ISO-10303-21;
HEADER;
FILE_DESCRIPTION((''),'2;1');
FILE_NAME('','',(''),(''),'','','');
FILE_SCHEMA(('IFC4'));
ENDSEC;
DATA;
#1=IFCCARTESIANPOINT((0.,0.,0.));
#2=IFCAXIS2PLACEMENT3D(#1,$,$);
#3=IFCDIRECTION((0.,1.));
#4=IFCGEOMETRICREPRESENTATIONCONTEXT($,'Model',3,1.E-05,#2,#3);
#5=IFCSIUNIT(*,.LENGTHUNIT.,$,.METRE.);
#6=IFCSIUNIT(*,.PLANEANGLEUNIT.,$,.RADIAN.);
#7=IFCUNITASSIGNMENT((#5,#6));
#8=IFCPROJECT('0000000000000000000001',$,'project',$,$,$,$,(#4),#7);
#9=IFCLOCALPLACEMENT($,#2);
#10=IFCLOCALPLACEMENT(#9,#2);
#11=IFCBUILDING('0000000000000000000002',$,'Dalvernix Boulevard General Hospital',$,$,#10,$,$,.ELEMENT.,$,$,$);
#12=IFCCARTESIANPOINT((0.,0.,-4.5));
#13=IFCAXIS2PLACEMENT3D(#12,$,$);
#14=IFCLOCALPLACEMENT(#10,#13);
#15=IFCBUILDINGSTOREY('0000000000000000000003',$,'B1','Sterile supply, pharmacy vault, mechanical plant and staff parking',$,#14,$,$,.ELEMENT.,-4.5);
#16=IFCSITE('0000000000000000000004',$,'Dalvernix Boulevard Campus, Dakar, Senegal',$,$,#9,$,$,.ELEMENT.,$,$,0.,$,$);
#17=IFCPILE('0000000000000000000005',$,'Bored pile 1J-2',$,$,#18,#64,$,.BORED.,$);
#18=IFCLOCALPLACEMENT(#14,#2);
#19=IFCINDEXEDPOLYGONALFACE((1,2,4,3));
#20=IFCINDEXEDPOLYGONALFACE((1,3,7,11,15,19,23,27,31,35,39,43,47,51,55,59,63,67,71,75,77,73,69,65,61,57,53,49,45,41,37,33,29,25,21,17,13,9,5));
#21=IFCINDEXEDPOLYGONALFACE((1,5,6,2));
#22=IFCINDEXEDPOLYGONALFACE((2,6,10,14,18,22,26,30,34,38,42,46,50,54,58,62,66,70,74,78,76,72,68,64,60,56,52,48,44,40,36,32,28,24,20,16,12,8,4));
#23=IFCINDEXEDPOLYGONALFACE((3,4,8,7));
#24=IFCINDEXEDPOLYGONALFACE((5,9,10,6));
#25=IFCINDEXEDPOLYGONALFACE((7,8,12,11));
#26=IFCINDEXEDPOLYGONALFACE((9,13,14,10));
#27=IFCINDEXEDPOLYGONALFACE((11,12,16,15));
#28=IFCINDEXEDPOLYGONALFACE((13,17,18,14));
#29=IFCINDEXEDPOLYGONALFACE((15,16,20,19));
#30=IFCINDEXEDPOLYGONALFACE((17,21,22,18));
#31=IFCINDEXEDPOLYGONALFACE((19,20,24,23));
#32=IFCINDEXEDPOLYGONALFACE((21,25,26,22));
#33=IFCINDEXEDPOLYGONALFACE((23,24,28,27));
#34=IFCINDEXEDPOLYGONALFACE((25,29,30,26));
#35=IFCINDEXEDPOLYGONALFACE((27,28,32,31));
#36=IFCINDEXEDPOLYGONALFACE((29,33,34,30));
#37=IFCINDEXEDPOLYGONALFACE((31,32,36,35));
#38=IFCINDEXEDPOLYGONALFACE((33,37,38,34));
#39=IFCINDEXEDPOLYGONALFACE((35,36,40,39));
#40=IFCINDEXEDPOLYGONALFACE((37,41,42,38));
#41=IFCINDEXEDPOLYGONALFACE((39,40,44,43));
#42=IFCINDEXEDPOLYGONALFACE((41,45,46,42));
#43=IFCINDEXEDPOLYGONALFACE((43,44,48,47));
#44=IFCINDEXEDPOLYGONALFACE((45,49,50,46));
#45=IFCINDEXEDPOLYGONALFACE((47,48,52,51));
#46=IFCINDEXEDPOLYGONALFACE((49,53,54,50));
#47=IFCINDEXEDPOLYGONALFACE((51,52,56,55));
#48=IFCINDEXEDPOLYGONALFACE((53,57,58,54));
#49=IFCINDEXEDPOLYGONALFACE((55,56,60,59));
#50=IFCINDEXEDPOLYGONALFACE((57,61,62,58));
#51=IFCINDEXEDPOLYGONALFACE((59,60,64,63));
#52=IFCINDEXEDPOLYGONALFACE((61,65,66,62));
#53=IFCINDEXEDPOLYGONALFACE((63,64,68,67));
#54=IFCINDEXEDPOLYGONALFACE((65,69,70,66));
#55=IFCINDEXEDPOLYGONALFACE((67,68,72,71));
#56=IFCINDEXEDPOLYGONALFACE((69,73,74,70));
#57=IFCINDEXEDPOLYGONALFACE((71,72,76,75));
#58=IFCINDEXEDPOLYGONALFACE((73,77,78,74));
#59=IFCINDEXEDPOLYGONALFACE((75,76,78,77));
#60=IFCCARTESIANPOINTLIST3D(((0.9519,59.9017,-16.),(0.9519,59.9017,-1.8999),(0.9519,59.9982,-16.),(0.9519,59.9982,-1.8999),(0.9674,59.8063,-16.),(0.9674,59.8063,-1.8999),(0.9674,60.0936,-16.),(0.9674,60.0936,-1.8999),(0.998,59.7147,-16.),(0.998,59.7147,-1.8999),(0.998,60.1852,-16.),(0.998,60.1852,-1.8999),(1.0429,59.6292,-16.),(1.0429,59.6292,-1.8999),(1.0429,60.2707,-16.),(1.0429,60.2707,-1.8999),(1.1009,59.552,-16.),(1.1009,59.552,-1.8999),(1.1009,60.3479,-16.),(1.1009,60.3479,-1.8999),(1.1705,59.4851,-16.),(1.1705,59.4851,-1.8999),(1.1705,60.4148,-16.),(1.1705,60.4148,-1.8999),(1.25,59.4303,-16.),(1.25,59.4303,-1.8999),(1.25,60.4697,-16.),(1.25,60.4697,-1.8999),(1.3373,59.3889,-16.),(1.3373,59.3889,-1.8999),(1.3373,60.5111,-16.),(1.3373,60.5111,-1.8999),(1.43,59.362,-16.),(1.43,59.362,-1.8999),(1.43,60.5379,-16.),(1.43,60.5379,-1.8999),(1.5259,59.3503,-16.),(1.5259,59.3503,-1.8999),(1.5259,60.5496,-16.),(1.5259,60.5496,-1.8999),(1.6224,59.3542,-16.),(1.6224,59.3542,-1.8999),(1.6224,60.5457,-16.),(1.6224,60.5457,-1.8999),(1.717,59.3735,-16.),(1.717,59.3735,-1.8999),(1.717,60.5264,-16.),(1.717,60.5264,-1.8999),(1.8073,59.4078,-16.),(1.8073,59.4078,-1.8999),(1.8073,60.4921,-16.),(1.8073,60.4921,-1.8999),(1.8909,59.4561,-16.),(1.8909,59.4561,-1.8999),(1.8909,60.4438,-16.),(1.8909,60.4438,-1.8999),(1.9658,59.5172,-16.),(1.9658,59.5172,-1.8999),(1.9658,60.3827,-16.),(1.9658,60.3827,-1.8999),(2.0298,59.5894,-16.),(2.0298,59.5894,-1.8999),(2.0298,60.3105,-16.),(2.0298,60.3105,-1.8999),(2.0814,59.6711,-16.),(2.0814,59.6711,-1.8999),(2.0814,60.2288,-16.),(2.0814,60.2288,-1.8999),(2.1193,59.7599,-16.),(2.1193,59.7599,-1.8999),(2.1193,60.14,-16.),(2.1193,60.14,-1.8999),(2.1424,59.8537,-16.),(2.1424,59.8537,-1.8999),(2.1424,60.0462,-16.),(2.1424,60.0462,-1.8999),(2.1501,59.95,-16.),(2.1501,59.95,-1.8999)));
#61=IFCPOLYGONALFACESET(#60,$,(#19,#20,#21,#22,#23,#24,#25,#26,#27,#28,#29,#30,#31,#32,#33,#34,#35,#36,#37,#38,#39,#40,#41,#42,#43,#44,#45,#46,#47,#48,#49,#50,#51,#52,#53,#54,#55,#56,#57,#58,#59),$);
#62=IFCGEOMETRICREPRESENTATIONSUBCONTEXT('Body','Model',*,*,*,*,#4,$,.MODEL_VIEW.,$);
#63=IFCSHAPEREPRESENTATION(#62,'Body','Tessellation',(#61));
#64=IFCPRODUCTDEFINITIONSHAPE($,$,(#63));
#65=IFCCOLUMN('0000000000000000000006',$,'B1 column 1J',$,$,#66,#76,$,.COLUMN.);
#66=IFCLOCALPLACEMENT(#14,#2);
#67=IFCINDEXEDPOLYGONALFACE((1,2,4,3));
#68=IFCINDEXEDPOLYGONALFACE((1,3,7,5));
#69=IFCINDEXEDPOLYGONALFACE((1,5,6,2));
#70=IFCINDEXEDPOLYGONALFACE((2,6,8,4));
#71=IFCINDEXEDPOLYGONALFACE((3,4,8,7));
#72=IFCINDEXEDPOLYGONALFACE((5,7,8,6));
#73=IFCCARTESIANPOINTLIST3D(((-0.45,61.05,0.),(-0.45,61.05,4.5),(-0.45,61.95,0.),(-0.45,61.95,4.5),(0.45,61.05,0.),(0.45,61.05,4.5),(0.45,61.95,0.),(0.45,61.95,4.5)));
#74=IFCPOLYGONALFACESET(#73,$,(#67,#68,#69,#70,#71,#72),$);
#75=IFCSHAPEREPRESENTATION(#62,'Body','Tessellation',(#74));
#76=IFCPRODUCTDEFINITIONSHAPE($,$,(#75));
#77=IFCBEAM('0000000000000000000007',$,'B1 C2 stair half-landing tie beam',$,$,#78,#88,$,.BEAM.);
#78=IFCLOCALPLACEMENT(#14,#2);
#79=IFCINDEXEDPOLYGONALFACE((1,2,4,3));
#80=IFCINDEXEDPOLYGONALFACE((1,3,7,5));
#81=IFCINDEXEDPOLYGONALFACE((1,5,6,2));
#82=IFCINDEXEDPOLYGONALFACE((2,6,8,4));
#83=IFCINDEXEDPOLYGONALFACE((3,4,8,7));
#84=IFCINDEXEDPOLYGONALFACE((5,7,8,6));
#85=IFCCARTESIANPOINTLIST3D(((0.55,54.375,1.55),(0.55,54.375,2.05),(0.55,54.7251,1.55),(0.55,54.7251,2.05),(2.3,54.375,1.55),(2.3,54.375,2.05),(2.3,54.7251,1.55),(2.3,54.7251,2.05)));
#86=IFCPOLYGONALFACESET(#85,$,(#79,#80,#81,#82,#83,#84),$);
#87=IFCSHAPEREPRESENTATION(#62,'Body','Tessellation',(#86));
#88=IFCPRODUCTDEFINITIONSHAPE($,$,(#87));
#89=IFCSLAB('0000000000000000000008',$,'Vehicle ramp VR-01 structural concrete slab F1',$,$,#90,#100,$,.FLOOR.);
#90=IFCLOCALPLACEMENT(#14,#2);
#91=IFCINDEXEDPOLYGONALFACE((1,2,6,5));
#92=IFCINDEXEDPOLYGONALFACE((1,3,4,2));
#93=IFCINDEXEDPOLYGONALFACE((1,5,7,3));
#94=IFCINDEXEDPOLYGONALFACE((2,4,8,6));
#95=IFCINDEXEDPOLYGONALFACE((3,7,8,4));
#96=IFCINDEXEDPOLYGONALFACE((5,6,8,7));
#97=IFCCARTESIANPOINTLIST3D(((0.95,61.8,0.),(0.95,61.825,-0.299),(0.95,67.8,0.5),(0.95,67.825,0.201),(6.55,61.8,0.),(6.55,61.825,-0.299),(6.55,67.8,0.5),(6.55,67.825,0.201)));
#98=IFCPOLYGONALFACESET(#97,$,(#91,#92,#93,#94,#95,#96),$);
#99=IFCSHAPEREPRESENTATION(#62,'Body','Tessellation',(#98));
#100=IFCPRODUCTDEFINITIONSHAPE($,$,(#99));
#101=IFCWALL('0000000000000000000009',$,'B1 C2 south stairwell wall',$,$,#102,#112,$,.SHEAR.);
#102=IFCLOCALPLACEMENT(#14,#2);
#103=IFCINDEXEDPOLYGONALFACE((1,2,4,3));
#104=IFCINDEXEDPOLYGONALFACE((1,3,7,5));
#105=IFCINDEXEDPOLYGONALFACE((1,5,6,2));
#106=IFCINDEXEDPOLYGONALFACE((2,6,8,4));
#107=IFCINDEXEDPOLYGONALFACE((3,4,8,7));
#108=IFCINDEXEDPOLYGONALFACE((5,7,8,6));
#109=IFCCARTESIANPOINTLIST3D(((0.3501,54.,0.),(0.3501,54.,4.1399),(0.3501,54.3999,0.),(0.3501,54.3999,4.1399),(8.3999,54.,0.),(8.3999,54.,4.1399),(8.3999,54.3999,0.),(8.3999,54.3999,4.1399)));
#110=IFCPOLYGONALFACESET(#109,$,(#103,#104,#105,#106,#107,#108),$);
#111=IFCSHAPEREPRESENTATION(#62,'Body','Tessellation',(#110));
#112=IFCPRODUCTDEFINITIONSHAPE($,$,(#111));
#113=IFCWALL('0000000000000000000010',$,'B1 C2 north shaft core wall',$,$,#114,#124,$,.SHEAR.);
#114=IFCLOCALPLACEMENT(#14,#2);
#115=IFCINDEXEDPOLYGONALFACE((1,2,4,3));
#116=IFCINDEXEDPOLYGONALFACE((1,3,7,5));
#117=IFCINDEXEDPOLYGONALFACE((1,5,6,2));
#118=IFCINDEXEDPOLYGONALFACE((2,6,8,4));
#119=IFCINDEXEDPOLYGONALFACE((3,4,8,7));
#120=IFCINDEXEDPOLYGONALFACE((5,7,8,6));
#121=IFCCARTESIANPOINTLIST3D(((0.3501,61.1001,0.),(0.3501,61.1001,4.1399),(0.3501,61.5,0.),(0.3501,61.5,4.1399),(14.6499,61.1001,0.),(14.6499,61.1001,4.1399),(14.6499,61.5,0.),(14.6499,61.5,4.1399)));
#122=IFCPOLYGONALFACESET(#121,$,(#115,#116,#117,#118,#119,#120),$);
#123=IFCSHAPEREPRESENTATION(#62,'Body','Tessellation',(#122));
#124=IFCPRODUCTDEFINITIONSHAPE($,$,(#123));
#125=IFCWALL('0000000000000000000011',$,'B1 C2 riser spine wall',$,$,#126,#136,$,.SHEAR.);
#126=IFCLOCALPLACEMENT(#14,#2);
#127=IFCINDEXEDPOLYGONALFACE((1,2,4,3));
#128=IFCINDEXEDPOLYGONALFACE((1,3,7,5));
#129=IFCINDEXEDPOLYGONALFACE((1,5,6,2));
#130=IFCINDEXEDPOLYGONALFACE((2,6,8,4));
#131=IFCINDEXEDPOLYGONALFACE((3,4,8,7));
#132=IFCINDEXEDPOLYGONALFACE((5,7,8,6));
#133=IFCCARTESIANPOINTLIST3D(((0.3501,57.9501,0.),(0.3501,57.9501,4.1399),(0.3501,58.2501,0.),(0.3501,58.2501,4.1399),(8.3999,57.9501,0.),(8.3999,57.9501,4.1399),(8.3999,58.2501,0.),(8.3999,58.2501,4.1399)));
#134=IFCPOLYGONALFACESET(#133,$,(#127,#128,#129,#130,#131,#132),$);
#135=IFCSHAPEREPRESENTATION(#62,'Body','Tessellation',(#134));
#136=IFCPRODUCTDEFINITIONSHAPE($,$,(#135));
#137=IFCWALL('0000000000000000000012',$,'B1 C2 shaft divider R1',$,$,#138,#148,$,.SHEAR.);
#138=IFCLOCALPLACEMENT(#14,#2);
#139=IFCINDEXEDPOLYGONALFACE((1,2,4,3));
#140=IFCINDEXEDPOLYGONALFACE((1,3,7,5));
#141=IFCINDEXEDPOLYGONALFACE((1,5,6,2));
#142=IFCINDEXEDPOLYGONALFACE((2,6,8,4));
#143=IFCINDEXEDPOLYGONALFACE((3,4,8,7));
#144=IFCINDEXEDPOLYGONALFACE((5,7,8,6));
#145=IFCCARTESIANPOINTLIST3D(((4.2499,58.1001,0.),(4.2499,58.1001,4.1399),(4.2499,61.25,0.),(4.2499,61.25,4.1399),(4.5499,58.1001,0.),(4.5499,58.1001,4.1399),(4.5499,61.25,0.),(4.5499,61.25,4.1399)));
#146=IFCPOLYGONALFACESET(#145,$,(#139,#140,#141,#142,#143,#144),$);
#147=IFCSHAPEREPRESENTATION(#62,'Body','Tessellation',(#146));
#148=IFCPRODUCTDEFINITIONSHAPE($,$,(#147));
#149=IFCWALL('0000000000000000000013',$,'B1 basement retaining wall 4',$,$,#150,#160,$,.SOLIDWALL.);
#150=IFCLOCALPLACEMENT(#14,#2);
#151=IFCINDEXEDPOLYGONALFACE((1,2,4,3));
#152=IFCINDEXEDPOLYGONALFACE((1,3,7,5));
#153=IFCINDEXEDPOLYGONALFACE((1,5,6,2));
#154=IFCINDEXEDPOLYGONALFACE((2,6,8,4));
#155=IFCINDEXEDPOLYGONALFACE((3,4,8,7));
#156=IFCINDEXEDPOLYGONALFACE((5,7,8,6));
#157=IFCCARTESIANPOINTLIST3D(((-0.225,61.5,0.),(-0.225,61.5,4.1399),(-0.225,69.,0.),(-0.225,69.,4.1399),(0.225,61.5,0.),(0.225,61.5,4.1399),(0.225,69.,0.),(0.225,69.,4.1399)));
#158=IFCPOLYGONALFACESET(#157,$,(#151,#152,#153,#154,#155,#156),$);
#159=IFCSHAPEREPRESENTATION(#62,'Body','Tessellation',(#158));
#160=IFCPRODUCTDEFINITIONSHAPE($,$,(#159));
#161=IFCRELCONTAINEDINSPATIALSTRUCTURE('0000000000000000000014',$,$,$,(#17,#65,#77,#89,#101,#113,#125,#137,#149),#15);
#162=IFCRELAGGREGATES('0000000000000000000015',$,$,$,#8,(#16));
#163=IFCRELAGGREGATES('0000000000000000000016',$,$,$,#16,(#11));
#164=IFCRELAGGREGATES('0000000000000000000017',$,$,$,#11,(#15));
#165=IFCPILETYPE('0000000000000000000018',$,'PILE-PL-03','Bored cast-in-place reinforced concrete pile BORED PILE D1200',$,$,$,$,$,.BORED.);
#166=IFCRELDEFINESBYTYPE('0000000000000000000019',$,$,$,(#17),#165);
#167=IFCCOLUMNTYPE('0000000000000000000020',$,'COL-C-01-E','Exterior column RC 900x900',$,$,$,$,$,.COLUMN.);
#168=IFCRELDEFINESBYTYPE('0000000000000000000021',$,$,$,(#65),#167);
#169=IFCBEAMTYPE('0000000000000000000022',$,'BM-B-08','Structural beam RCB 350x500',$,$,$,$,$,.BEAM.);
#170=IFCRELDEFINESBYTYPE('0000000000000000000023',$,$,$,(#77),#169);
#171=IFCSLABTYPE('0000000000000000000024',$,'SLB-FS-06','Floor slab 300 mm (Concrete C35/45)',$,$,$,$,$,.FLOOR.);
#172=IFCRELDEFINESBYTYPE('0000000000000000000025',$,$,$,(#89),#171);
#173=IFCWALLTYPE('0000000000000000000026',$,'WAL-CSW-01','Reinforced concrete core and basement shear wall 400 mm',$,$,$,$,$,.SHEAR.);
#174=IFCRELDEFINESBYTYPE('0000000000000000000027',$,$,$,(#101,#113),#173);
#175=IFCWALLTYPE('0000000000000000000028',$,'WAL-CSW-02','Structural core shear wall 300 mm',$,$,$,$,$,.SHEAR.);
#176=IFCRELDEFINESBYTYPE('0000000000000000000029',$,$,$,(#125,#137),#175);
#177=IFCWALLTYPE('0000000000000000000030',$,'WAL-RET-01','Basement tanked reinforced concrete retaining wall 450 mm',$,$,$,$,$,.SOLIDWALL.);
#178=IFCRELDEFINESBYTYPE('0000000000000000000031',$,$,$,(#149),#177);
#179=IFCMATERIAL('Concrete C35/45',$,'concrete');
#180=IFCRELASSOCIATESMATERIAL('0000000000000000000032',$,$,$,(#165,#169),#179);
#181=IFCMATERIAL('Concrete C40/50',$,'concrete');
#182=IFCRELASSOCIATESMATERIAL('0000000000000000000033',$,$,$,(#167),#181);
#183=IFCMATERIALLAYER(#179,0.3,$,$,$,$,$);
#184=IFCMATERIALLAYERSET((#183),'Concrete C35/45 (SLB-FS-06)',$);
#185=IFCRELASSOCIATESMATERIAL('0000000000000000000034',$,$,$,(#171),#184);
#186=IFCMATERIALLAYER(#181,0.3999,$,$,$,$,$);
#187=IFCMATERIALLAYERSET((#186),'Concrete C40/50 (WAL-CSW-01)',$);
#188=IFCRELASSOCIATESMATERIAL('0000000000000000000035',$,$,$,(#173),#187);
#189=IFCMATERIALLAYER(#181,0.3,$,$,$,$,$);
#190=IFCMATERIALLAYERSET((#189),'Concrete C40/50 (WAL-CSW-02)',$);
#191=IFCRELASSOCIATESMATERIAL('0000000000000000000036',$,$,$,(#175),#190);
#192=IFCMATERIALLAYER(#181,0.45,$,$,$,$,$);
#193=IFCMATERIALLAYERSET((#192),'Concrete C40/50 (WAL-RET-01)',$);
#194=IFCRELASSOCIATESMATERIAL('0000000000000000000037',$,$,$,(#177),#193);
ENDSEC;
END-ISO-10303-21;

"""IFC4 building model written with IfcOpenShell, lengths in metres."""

from ifc_helpers import new_model, si_unit, direction, frame, frame_2d, origin, origin_2d, place, context, subcontext, project, spatial, polyline, rectangle, circle, outline, extrude, material, layer, layer_set, material_profile, profile_set, type_object, element, save


model = new_model("IFC4")

# Units and contexts
model_context = context("Model", 3, precision=1e-05, world=origin(), true_north=direction((0.0, 1.0)))
body_context = subcontext(model_context, "Body", "Model", "MODEL_VIEW")
ifc_project = project(units=[si_unit("LENGTHUNIT", "METRE"), si_unit("PLANEANGLEUNIT", "RADIAN")], contexts=[model_context])

# Site, building, storey
site_placement = place(None, origin())
site = spatial("IfcSite", under=ifc_project, at=site_placement, Name="Dalvernix Boulevard Campus, Dakar, Senegal", CompositionType="ELEMENT", RefElevation=0.0)
building_placement = place(site_placement, origin())
building = spatial("IfcBuilding", under=site, at=building_placement, Name="Dalvernix Boulevard General Hospital", CompositionType="ELEMENT")
storey_placement = place(building_placement, frame((0.0, 0.0, -4.5)))
storey = spatial("IfcBuildingStorey", under=building, at=storey_placement, Name="B1", Description="Sterile supply, pharmacy vault, mechanical plant and staff parking", CompositionType="ELEMENT", Elevation=-4.5)

# Shared definitions
ifc_material_1 = material(Name="Concrete C35/45", Category="concrete")
ifc_material_2 = material(Name="Concrete C40/50", Category="concrete")

# Pile
ifc_material_profile_1 = material_profile(ifc_material_1, circle(Radius=0.6001, at=origin_2d()), Name="BORED PILE D1200")
ifc_profile_set_1 = profile_set([ifc_material_profile_1], Name="Concrete C35/45")
pile_type = type_object("IfcPileType", Name="PILE-PL-03", Description="Bored cast-in-place reinforced concrete pile BORED PILE D1200", PredefinedType="BORED", material=ifc_profile_set_1)
for number, where, z_axis, x_axis, name in (
    (1, (1.55, 59.95, -1.8999), (0.0, 0.0, -1.0), (1.0, 0.0, 0.0), "Bored pile 1J-2"),
):
    element("IfcPile", number, at=place(storey_placement, frame(where, z_axis=z_axis, x_axis=x_axis)), inside=storey, type_object=pile_type, Name=name, PredefinedType="BORED", context=body_context, shape_type="SweptSolid", body=[
        extrude(circle(Radius=0.6001, at=origin_2d()), origin(), (0.0, 0.0, 1.0), 14.1001),
    ])

# Column
ifc_material_profile_2 = material_profile(ifc_material_2, rectangle(XDim=0.8999, YDim=0.8999, at=origin_2d()), Name="RC 900x900")
ifc_profile_set_2 = profile_set([ifc_material_profile_2], Name="Concrete C40/50")
column_type = type_object("IfcColumnType", Name="COL-C-01-E", Description="Exterior column RC 900x900", PredefinedType="COLUMN", material=ifc_profile_set_2)
column_placement = place(storey_placement, frame((0.0, 61.5, 0.0), z_axis=(0.0, 0.0, 1.0), x_axis=(1.0, 0.0, 0.0)))
element("IfcColumn", 2, at=column_placement, inside=storey, type_object=column_type, Name="B1 column 1J", PredefinedType="COLUMN", context=body_context, shape_type="SweptSolid", body=[
    extrude(rectangle(XDim=0.8999, YDim=0.8999, at=origin_2d()), origin(), (0.0, 0.0, 1.0), 4.5),
])

# Beam
ifc_material_profile_3 = material_profile(ifc_material_1, rectangle(XDim=0.3501, YDim=0.5, at=origin_2d()), Name="RCB 350x500")
ifc_profile_set_3 = profile_set([ifc_material_profile_3], Name="Concrete C35/45")
beam_type = type_object("IfcBeamType", Name="BM-B-08", Description="Structural beam RCB 350x500", PredefinedType="BEAM", material=ifc_profile_set_3)
beam_placement = place(storey_placement, frame((0.55, 54.55, 1.8), z_axis=(1.0, 0.0, 0.0), x_axis=(0.0, 1.0, 0.0)))
element("IfcBeam", 3, at=beam_placement, inside=storey, type_object=beam_type, Name="B1 C2 stair half-landing tie beam", PredefinedType="BEAM", context=body_context, shape_type="SweptSolid", body=[
    extrude(rectangle(XDim=0.3501, YDim=0.5, at=origin_2d()), origin(), (0.0, 0.0, 1.0), 1.75),
])

# Slab
ifc_layer_1 = layer(ifc_material_1, 0.3)
ifc_layer_set_1 = layer_set([ifc_layer_1], Name="Concrete C35/45 (SLB-FS-06)")
slab_type = type_object("IfcSlabType", Name="SLB-FS-06", Description="Floor slab 300 mm (Concrete C35/45)", PredefinedType="FLOOR", material=ifc_layer_set_1)
slab_placement = place(storey_placement, frame((0.95, 61.8, 0.0), z_axis=(0.0, -0.083045, 0.996546), x_axis=(1.0, 0.0, 0.0)))
element("IfcSlab", 4, at=slab_placement, inside=storey, type_object=slab_type, Name="Vehicle ramp VR-01 structural concrete slab F1", PredefinedType="FLOOR", context=body_context, shape_type="SweptSolid", body=[
    extrude(outline(polyline([(0.0, 0.0), (5.6001, 0.0), (5.6001, 6.0208), (0.0, 6.0208), (0.0, 0.0)])), origin(), (0.0, 0.0, -1.0), 0.3),
])

# Walls
ifc_layer_2 = layer(ifc_material_2, 0.3999)
ifc_layer_set_2 = layer_set([ifc_layer_2], Name="Concrete C40/50 (WAL-CSW-01)")
wall_type_1 = type_object("IfcWallType", Name="WAL-CSW-01", Description="Reinforced concrete core and basement shear wall 400 mm", PredefinedType="SHEAR", material=ifc_layer_set_2)
wall_1_placement = place(storey_placement, frame((0.3501, 54.2, 0.0), z_axis=(0.0, 0.0, 1.0), x_axis=(1.0, 0.0, 0.0)))
element("IfcWall", 5, at=wall_1_placement, inside=storey, type_object=wall_type_1, Name="B1 C2 south stairwell wall", PredefinedType="SHEAR", context=body_context, shape_type="SweptSolid", body=[
    extrude(rectangle(XDim=8.0498, YDim=0.3999, at=frame_2d((4.0249, 0.0))), origin(), (0.0, 0.0, 1.0), 4.1399),
])
wall_2_placement = place(storey_placement, frame((0.3501, 61.3, 0.0), z_axis=(0.0, 0.0, 1.0), x_axis=(1.0, 0.0, 0.0)))
element("IfcWall", 6, at=wall_2_placement, inside=storey, type_object=wall_type_1, Name="B1 C2 north shaft core wall", PredefinedType="SHEAR", context=body_context, shape_type="SweptSolid", body=[
    extrude(rectangle(XDim=14.2998, YDim=0.3999, at=frame_2d((7.1499, 0.0))), origin(), (0.0, 0.0, 1.0), 4.1399),
])
ifc_layer_3 = layer(ifc_material_2, 0.3)
ifc_layer_set_3 = layer_set([ifc_layer_3], Name="Concrete C40/50 (WAL-CSW-02)")
wall_type_2 = type_object("IfcWallType", Name="WAL-CSW-02", Description="Structural core shear wall 300 mm", PredefinedType="SHEAR", material=ifc_layer_set_3)
wall_3_placement = place(storey_placement, frame((0.3501, 58.1001, 0.0), z_axis=(0.0, 0.0, 1.0), x_axis=(1.0, 0.0, 0.0)))
element("IfcWall", 7, at=wall_3_placement, inside=storey, type_object=wall_type_2, Name="B1 C2 riser spine wall", PredefinedType="SHEAR", context=body_context, shape_type="SweptSolid", body=[
    extrude(rectangle(XDim=8.0498, YDim=0.3, at=frame_2d((4.0249, 0.0))), origin(), (0.0, 0.0, 1.0), 4.1399),
])
wall_4_placement = place(storey_placement, frame((4.3999, 58.1001, 0.0), z_axis=(0.0, 0.0, 1.0), x_axis=(0.0, 1.0, 0.0)))
element("IfcWall", 8, at=wall_4_placement, inside=storey, type_object=wall_type_2, Name="B1 C2 shaft divider R1", PredefinedType="SHEAR", context=body_context, shape_type="SweptSolid", body=[
    extrude(rectangle(XDim=3.1499, YDim=0.3, at=frame_2d((1.575, 0.0))), origin(), (0.0, 0.0, 1.0), 4.1399),
])
ifc_layer_4 = layer(ifc_material_2, 0.45)
ifc_layer_set_4 = layer_set([ifc_layer_4], Name="Concrete C40/50 (WAL-RET-01)")
wall_type_3 = type_object("IfcWallType", Name="WAL-RET-01", Description="Basement tanked reinforced concrete retaining wall 450 mm", PredefinedType="SOLIDWALL", material=ifc_layer_set_4)
wall_5_placement = place(storey_placement, frame((0.0, 61.5, 0.0), z_axis=(0.0, 0.0, 1.0), x_axis=(0.0, 1.0, 0.0)))
element("IfcWall", 9, at=wall_5_placement, inside=storey, type_object=wall_type_3, Name="B1 basement retaining wall 4", PredefinedType="SOLIDWALL", context=body_context, shape_type="SweptSolid", body=[
    extrude(rectangle(XDim=7.5, YDim=0.45, at=frame_2d((3.75, 0.0))), origin(), (0.0, 0.0, 1.0), 4.1399),
])

save(model, "model.ifc")
